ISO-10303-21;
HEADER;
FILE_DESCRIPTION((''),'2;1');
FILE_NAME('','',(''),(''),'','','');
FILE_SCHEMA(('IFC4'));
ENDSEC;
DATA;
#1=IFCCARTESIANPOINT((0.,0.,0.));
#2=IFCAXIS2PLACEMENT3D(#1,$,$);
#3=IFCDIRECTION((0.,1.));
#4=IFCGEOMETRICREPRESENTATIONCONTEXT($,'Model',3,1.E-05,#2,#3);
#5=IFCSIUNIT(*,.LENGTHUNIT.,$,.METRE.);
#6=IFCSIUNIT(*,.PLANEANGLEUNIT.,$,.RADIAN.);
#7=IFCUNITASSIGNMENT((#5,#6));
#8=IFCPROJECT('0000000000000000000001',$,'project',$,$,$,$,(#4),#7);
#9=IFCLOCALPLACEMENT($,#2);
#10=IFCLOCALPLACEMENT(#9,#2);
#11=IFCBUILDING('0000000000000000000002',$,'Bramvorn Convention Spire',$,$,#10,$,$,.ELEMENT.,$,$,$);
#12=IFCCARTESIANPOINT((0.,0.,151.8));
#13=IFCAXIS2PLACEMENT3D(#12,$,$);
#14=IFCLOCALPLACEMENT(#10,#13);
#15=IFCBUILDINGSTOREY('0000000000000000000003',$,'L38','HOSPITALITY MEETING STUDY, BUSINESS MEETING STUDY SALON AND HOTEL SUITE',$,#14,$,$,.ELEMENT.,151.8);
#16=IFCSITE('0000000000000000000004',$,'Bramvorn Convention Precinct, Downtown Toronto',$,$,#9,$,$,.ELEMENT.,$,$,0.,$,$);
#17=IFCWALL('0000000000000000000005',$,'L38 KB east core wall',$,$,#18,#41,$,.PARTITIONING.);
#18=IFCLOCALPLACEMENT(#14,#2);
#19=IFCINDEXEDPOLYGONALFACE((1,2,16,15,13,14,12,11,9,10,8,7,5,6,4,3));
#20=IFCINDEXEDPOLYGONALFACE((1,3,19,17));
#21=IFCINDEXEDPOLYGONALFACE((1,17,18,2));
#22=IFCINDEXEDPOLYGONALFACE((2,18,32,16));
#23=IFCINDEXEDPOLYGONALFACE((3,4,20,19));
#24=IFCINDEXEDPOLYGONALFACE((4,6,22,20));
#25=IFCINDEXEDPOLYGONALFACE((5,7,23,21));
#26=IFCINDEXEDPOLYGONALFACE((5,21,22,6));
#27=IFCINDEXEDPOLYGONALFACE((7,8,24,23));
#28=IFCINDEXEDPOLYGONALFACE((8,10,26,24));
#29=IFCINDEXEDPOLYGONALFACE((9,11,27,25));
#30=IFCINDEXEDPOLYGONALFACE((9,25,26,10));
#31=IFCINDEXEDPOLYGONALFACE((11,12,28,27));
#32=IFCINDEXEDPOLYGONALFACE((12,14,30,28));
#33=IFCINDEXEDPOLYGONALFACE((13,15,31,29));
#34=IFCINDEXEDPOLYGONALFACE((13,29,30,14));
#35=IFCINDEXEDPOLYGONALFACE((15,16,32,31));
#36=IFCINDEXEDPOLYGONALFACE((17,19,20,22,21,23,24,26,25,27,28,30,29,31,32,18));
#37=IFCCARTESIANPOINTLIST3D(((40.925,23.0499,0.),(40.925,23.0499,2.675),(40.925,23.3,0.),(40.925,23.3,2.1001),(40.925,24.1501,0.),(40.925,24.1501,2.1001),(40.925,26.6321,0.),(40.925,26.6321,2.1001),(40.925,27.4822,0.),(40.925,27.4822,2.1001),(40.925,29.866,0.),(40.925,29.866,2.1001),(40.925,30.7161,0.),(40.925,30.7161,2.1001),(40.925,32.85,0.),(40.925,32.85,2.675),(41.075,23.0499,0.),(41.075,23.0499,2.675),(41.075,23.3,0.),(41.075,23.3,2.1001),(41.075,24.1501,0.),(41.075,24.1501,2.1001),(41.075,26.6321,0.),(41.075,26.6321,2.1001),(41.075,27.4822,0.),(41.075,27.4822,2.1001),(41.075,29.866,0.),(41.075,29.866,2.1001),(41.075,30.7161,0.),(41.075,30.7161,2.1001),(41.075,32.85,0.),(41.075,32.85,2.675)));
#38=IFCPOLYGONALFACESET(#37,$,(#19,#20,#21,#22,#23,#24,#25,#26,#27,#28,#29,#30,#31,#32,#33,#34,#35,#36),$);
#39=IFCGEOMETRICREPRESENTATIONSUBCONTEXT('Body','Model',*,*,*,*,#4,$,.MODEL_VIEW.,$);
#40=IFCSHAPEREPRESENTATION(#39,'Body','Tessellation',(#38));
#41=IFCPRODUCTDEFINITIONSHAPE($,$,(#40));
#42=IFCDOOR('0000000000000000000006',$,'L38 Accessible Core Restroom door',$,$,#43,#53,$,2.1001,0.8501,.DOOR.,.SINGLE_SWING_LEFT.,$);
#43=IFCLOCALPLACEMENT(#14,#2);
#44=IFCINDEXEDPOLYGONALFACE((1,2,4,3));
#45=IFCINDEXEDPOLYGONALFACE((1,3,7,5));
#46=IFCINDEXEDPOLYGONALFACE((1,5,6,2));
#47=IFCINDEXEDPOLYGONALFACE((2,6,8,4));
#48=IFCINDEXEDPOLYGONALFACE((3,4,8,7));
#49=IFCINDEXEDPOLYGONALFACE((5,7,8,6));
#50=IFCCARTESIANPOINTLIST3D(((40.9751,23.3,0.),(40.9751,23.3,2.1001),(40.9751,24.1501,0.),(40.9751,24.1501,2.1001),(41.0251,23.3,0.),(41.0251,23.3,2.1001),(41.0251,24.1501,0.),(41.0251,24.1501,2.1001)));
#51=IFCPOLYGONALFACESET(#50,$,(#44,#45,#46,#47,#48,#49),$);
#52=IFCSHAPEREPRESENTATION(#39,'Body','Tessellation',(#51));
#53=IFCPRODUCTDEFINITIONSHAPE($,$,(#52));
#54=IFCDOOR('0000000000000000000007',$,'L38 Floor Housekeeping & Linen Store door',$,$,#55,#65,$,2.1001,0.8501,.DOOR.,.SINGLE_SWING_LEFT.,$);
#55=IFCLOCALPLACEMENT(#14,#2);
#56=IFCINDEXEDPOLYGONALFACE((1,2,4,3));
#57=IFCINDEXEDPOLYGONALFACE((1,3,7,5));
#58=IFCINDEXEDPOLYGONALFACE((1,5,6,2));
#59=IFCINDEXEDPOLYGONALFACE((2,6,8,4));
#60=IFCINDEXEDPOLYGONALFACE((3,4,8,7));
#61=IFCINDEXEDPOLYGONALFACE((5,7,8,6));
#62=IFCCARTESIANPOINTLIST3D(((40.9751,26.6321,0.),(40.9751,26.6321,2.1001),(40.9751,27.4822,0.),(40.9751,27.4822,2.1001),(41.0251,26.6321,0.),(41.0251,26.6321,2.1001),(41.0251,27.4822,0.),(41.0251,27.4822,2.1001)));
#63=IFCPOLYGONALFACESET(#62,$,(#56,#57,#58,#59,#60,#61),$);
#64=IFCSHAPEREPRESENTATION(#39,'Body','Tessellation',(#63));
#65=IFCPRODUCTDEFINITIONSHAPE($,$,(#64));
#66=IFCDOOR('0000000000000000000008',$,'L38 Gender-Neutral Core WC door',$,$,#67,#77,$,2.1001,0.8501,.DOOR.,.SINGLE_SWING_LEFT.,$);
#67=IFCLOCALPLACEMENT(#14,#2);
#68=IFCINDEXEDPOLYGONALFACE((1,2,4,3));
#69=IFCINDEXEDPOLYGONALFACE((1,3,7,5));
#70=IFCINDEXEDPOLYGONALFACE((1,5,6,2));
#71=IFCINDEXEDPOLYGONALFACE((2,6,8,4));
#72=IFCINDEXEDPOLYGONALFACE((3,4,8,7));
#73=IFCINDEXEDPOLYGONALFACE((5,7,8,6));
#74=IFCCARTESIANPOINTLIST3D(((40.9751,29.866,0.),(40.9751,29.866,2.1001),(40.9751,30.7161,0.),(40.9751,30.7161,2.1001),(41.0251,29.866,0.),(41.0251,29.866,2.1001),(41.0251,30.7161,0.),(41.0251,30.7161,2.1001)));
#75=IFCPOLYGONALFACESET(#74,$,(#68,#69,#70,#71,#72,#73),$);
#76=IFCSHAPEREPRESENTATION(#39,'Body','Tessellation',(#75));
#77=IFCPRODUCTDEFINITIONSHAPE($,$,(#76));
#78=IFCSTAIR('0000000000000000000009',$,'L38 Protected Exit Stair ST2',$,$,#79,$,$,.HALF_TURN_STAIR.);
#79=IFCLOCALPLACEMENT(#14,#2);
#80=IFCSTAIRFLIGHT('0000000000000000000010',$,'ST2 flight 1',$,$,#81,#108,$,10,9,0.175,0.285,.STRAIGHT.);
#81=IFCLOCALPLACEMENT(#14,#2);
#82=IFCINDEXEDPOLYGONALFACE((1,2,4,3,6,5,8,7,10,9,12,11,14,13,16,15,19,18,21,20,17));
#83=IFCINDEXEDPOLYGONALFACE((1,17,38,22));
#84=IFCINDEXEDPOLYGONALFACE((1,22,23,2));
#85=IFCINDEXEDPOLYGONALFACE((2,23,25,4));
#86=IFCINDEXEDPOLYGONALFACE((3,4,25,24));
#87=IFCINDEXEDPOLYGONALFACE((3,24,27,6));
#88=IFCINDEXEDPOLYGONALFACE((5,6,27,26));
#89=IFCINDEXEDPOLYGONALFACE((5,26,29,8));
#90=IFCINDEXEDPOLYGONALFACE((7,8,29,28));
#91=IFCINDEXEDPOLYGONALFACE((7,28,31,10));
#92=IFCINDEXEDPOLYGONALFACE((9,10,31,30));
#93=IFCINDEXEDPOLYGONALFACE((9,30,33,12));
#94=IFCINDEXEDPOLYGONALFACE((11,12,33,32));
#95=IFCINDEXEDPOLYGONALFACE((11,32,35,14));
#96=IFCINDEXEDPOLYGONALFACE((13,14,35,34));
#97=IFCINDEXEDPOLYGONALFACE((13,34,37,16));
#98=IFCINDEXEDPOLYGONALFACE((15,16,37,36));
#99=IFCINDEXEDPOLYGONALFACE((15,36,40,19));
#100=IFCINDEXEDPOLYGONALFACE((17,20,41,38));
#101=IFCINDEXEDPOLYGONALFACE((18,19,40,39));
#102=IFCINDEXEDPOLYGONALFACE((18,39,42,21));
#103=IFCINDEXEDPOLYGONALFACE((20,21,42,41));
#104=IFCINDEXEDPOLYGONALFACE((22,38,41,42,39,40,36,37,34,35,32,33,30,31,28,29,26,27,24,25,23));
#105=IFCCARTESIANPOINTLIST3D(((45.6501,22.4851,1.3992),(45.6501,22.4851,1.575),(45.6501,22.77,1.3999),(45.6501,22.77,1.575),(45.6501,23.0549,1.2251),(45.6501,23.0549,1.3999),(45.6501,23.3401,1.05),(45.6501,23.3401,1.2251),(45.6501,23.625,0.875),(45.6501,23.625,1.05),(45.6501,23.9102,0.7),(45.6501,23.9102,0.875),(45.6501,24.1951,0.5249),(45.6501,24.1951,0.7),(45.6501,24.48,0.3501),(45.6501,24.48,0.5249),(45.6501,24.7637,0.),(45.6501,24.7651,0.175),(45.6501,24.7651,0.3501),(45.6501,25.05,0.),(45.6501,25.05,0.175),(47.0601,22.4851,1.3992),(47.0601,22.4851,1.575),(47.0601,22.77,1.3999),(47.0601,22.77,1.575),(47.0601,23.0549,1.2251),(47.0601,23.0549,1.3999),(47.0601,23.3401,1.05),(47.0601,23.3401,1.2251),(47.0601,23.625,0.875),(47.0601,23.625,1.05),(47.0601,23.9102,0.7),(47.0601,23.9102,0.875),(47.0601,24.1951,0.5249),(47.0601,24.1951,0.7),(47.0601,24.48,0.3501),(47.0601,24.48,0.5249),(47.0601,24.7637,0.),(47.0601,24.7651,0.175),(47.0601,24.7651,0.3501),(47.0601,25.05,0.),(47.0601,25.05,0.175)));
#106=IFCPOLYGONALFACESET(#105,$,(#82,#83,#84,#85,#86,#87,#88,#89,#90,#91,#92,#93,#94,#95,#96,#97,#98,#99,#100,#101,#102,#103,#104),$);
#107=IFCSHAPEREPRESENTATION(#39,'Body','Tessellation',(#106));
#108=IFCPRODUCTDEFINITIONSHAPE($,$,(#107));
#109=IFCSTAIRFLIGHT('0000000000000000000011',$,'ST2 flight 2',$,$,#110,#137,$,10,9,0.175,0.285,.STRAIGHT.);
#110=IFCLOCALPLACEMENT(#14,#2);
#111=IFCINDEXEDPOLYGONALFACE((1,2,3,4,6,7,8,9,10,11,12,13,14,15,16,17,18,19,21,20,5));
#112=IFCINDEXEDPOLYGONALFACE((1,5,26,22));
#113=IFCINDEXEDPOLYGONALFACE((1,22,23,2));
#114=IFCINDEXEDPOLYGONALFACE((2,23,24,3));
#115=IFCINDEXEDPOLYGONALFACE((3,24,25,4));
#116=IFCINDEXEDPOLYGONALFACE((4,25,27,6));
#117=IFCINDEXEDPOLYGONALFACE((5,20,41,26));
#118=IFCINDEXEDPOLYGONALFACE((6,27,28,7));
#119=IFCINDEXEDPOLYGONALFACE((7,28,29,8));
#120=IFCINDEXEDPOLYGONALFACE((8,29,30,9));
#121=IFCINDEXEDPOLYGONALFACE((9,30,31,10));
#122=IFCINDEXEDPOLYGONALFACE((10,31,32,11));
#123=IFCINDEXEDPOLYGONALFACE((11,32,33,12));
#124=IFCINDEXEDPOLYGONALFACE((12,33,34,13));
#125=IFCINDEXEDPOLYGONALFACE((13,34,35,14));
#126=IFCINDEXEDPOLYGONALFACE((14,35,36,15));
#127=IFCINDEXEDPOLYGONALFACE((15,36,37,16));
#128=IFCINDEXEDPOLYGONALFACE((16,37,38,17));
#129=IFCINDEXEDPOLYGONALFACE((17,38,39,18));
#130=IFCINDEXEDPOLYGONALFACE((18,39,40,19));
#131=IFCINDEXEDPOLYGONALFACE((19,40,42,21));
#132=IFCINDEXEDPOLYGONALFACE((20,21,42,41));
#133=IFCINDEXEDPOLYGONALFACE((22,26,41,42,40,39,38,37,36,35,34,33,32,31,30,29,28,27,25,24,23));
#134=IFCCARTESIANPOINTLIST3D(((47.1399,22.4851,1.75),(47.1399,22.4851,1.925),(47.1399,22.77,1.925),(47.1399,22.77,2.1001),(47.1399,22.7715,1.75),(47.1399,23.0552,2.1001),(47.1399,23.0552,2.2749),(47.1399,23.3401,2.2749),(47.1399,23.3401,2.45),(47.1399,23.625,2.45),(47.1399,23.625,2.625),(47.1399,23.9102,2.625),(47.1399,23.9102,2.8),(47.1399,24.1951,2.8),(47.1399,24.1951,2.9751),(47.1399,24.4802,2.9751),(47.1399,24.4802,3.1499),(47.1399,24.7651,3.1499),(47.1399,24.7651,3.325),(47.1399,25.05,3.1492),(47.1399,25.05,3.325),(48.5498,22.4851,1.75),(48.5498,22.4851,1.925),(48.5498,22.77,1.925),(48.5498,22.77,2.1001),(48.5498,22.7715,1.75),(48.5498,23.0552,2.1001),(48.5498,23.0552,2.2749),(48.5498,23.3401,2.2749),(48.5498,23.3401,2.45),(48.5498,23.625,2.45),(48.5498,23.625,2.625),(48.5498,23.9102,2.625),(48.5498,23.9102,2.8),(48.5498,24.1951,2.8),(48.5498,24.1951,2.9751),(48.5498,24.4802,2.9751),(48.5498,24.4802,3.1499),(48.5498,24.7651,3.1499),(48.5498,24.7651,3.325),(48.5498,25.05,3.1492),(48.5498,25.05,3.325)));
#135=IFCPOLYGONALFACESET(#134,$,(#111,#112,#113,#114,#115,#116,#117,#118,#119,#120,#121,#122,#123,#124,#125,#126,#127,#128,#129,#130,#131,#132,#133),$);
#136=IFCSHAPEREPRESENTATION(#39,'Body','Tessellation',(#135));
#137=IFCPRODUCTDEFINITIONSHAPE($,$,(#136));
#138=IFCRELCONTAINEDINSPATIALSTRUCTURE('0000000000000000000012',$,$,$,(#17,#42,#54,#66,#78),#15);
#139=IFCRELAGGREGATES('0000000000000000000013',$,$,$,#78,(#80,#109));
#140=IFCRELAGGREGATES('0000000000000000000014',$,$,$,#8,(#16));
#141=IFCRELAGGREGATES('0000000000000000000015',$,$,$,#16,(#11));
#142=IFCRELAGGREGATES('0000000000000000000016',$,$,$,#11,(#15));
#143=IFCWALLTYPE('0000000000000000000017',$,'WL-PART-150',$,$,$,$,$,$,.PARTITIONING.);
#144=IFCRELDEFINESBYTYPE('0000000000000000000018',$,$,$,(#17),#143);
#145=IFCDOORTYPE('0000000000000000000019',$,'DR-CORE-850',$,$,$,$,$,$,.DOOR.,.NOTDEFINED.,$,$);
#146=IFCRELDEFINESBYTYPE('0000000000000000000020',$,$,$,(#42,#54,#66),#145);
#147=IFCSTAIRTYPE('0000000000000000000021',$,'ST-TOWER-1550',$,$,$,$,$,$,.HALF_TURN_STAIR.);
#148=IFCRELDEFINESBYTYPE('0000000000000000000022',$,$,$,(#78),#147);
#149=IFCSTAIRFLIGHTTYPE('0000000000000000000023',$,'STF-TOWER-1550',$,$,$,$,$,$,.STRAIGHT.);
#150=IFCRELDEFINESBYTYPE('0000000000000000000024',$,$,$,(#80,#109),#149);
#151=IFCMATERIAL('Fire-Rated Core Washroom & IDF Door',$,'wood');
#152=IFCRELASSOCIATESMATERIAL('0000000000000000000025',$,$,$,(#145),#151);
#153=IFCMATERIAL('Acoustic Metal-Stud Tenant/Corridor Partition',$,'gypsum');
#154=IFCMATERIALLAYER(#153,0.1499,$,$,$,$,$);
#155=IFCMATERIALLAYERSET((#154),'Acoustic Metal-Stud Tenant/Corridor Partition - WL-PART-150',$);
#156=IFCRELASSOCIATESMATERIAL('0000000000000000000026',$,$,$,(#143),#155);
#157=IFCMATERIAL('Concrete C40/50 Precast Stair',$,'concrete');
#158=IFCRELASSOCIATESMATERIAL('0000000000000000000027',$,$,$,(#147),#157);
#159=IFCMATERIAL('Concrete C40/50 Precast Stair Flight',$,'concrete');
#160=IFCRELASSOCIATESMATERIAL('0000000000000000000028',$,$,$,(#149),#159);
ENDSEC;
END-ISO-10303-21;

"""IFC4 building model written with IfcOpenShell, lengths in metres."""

from ifc_helpers import new_model, si_unit, direction, frame, frame_2d, origin, place, context, subcontext, project, spatial, polyline, rectangle, outline, extrude, material, layer, layer_set, type_object, element, fill, aggregate, save


model = new_model("IFC4")

# Units and contexts
model_context = context("Model", 3, precision=1e-05, world=origin(), true_north=direction((0.0, 1.0)))
body_context = subcontext(model_context, "Body", "Model", "MODEL_VIEW")
ifc_project = project(units=[si_unit("LENGTHUNIT", "METRE"), si_unit("PLANEANGLEUNIT", "RADIAN")], contexts=[model_context])

# Site, building, storey
site_placement = place(None, origin())
site = spatial("IfcSite", under=ifc_project, at=site_placement, Name="Bramvorn Convention Precinct, Downtown Toronto", CompositionType="ELEMENT", RefElevation=0.0)
building_placement = place(site_placement, origin())
building = spatial("IfcBuilding", under=site, at=building_placement, Name="Bramvorn Convention Spire", CompositionType="ELEMENT")
storey_placement = place(building_placement, frame((0.0, 0.0, 151.8)))
storey = spatial("IfcBuildingStorey", under=building, at=storey_placement, Name="L38", Description="HOSPITALITY MEETING STUDY, BUSINESS MEETING STUDY SALON AND HOTEL SUITE", CompositionType="ELEMENT", Elevation=151.8)

# Shared definitions
ifc_material_1 = material(Name="Fire-Rated Core Washroom & IDF Door", Category="wood")
door_type_1 = type_object("IfcDoorType", Name="DR-CORE-850", OperationType="NOTDEFINED", PredefinedType="DOOR", material=ifc_material_1)

# Shared definitions
ifc_material_2 = material(Name="Acoustic Metal-Stud Tenant/Corridor Partition", Category="gypsum")
ifc_layer_1 = layer(ifc_material_2, 0.1499)
ifc_layer_set_1 = layer_set([ifc_layer_1], Name="Acoustic Metal-Stud Tenant/Corridor Partition - WL-PART-150")
wall_type_1 = type_object("IfcWallType", Name="WL-PART-150", PredefinedType="PARTITIONING", material=ifc_layer_set_1)

# Wall, openings, doors
wall_1_placement = place(storey_placement, frame((41.0, 23.05, 0.0), z_axis=(0.0, 0.0, 1.0), x_axis=(0.0, 1.0, 0.0)))
wall_1 = element("IfcWall", 1, at=wall_1_placement, inside=storey, type_object=wall_type_1, Name="L38 KB east core wall", PredefinedType="PARTITIONING", context=body_context, shape_type="SweptSolid", body=[
    extrude(rectangle(XDim=9.8, YDim=0.1499, at=frame_2d((4.8999, 0.0))), origin(), (0.0, 0.0, 1.0), 2.675),
])
opening_1_placement = place(wall_1_placement, frame((0.25, 0.0, 0.0)))
opening_1 = element("IfcOpeningElement", 2, at=opening_1_placement, cuts=wall_1, PredefinedType="OPENING", context=body_context, shape_type="SweptSolid", body=[
    extrude(rectangle(XDim=0.8501, YDim=2.1001, at=frame_2d((0.425, 1.05))), frame((0.0, 0.085, 0.0), z_axis=(0.0, -1.0, 0.0), x_axis=(1.0, 0.0, 0.0)), (0.0, 0.0, 1.0), 0.1699),
])
opening_2_placement = place(wall_1_placement, frame((3.582, 0.0, 0.0)))
opening_2 = element("IfcOpeningElement", 3, at=opening_2_placement, cuts=wall_1, PredefinedType="OPENING", context=body_context, shape_type="SweptSolid", body=[
    extrude(rectangle(XDim=0.8501, YDim=2.1001, at=frame_2d((0.425, 1.05))), frame((0.0, 0.085, 0.0), z_axis=(0.0, -1.0, 0.0), x_axis=(1.0, 0.0, 0.0)), (0.0, 0.0, 1.0), 0.1699),
])
opening_3_placement = place(wall_1_placement, frame((6.8159, 0.0, 0.0)))
opening_3 = element("IfcOpeningElement", 4, at=opening_3_placement, cuts=wall_1, PredefinedType="OPENING", context=body_context, shape_type="SweptSolid", body=[
    extrude(rectangle(XDim=0.8501, YDim=2.1001, at=frame_2d((0.425, 1.05))), frame((0.0, 0.085, 0.0), z_axis=(0.0, -1.0, 0.0), x_axis=(1.0, 0.0, 0.0)), (0.0, 0.0, 1.0), 0.1699),
])
door_1_placement = place(opening_1_placement, origin())
door_1 = element("IfcDoor", 5, at=door_1_placement, inside=storey, type_object=door_type_1, Name="L38 Accessible Core Restroom door", OperationType="SINGLE_SWING_LEFT", OverallHeight=2.1001, OverallWidth=0.8501, PredefinedType="DOOR", context=body_context, shape_type="SweptSolid", body=[
    extrude(rectangle(XDim=0.8501, YDim=2.1001, at=frame_2d((0.425, 1.05))), frame((0.0, 0.0249, 0.0), z_axis=(0.0, -1.0, 0.0), x_axis=(1.0, 0.0, 0.0)), (0.0, 0.0, 1.0), 0.05),
])
fill(opening_1, door_1)
door_2_placement = place(opening_2_placement, origin())
door_2 = element("IfcDoor", 6, at=door_2_placement, inside=storey, type_object=door_type_1, Name="L38 Floor Housekeeping & Linen Store door", OperationType="SINGLE_SWING_LEFT", OverallHeight=2.1001, OverallWidth=0.8501, PredefinedType="DOOR", context=body_context, shape_type="SweptSolid", body=[
    extrude(rectangle(XDim=0.8501, YDim=2.1001, at=frame_2d((0.425, 1.05))), frame((0.0, 0.0249, 0.0), z_axis=(0.0, -1.0, 0.0), x_axis=(1.0, 0.0, 0.0)), (0.0, 0.0, 1.0), 0.05),
])
fill(opening_2, door_2)
door_3_placement = place(opening_3_placement, origin())
door_3 = element("IfcDoor", 7, at=door_3_placement, inside=storey, type_object=door_type_1, Name="L38 Gender-Neutral Core WC door", OperationType="SINGLE_SWING_LEFT", OverallHeight=2.1001, OverallWidth=0.8501, PredefinedType="DOOR", context=body_context, shape_type="SweptSolid", body=[
    extrude(rectangle(XDim=0.8501, YDim=2.1001, at=frame_2d((0.425, 1.05))), frame((0.0, 0.0249, 0.0), z_axis=(0.0, -1.0, 0.0), x_axis=(1.0, 0.0, 0.0)), (0.0, 0.0, 1.0), 0.05),
])
fill(opening_3, door_3)

# Stair, stair flights
ifc_material_3 = material(Name="Concrete C40/50 Precast Stair", Category="concrete")
stair_type = type_object("IfcStairType", Name="ST-TOWER-1550", PredefinedType="HALF_TURN_STAIR", material=ifc_material_3)
stair_placement = place(storey_placement, origin())
stair = element("IfcStair", 8, at=stair_placement, inside=storey, type_object=stair_type, Name="L38 Protected Exit Stair ST2", PredefinedType="HALF_TURN_STAIR")
ifc_material_4 = material(Name="Concrete C40/50 Precast Stair Flight", Category="concrete")
stair_flight_type = type_object("IfcStairFlightType", Name="STF-TOWER-1550", PredefinedType="STRAIGHT", material=ifc_material_4)
stair_flight_1_placement = place(storey_placement, frame((46.355, 25.05, 0.0), z_axis=(0.0, 0.0, 1.0), x_axis=(0.0, -1.0, 0.0)))
stair_flight_1 = element("IfcStairFlight", 9, at=stair_flight_1_placement, type_object=stair_flight_type, Name="ST2 flight 1", NumberOfRisers=10, NumberOfTreads=9, PredefinedType="STRAIGHT", RiserHeight=0.175, TreadLength=0.285, context=body_context, shape_type="SweptSolid", body=[
    extrude(outline(polyline([(0.0, 0.0), (0.0, 0.175), (0.2849, 0.175), (0.2849, 0.3501), (0.5701, 0.3501), (0.5701, 0.5249), (0.855, 0.5249), (0.855, 0.7), (1.1399, 0.7), (1.1399, 0.875), (1.425, 0.875), (1.425, 1.05), (1.71, 1.05), (1.71, 1.2251), (1.9951, 1.2251), (1.9951, 1.3999), (2.28, 1.3999), (2.28, 1.575), (2.5649, 1.575), (2.5649, 1.75), (2.5649, 1.3992), (0.2864, 0.0), (0.0, 0.0)])), frame((0.0, 0.7051, 0.0), z_axis=(0.0, -1.0, 0.0), x_axis=(1.0, 0.0, 0.0)), (0.0, 0.0, 1.0), 1.4099),
])
stair_flight_2_placement = place(storey_placement, frame((47.845, 22.4851, 1.75), z_axis=(0.0, 0.0, 1.0), x_axis=(0.0, 1.0, 0.0)))
stair_flight_2 = element("IfcStairFlight", 10, at=stair_flight_2_placement, type_object=stair_flight_type, Name="ST2 flight 2", NumberOfRisers=10, NumberOfTreads=9, PredefinedType="STRAIGHT", RiserHeight=0.175, TreadLength=0.285, context=body_context, shape_type="SweptSolid", body=[
    extrude(outline(polyline([(0.0, 0.0), (0.0, 0.175), (0.2849, 0.175), (0.2849, 0.3501), (0.5701, 0.3501), (0.5701, 0.5249), (0.855, 0.5249), (0.855, 0.7), (1.1399, 0.7), (1.1399, 0.875), (1.425, 0.875), (1.425, 1.05), (1.71, 1.05), (1.71, 1.2251), (1.9951, 1.2251), (1.9951, 1.3999), (2.28, 1.3999), (2.28, 1.575), (2.5649, 1.575), (2.5649, 1.75), (2.5649, 1.3992), (0.2864, 0.0), (0.0, 0.0)])), frame((0.0, 0.7051, 0.0), z_axis=(0.0, -1.0, 0.0), x_axis=(1.0, 0.0, 0.0)), (0.0, 0.0, 1.0), 1.4099),
])
aggregate(stair, [stair_flight_1, stair_flight_2])

save(model, "model.ifc")
